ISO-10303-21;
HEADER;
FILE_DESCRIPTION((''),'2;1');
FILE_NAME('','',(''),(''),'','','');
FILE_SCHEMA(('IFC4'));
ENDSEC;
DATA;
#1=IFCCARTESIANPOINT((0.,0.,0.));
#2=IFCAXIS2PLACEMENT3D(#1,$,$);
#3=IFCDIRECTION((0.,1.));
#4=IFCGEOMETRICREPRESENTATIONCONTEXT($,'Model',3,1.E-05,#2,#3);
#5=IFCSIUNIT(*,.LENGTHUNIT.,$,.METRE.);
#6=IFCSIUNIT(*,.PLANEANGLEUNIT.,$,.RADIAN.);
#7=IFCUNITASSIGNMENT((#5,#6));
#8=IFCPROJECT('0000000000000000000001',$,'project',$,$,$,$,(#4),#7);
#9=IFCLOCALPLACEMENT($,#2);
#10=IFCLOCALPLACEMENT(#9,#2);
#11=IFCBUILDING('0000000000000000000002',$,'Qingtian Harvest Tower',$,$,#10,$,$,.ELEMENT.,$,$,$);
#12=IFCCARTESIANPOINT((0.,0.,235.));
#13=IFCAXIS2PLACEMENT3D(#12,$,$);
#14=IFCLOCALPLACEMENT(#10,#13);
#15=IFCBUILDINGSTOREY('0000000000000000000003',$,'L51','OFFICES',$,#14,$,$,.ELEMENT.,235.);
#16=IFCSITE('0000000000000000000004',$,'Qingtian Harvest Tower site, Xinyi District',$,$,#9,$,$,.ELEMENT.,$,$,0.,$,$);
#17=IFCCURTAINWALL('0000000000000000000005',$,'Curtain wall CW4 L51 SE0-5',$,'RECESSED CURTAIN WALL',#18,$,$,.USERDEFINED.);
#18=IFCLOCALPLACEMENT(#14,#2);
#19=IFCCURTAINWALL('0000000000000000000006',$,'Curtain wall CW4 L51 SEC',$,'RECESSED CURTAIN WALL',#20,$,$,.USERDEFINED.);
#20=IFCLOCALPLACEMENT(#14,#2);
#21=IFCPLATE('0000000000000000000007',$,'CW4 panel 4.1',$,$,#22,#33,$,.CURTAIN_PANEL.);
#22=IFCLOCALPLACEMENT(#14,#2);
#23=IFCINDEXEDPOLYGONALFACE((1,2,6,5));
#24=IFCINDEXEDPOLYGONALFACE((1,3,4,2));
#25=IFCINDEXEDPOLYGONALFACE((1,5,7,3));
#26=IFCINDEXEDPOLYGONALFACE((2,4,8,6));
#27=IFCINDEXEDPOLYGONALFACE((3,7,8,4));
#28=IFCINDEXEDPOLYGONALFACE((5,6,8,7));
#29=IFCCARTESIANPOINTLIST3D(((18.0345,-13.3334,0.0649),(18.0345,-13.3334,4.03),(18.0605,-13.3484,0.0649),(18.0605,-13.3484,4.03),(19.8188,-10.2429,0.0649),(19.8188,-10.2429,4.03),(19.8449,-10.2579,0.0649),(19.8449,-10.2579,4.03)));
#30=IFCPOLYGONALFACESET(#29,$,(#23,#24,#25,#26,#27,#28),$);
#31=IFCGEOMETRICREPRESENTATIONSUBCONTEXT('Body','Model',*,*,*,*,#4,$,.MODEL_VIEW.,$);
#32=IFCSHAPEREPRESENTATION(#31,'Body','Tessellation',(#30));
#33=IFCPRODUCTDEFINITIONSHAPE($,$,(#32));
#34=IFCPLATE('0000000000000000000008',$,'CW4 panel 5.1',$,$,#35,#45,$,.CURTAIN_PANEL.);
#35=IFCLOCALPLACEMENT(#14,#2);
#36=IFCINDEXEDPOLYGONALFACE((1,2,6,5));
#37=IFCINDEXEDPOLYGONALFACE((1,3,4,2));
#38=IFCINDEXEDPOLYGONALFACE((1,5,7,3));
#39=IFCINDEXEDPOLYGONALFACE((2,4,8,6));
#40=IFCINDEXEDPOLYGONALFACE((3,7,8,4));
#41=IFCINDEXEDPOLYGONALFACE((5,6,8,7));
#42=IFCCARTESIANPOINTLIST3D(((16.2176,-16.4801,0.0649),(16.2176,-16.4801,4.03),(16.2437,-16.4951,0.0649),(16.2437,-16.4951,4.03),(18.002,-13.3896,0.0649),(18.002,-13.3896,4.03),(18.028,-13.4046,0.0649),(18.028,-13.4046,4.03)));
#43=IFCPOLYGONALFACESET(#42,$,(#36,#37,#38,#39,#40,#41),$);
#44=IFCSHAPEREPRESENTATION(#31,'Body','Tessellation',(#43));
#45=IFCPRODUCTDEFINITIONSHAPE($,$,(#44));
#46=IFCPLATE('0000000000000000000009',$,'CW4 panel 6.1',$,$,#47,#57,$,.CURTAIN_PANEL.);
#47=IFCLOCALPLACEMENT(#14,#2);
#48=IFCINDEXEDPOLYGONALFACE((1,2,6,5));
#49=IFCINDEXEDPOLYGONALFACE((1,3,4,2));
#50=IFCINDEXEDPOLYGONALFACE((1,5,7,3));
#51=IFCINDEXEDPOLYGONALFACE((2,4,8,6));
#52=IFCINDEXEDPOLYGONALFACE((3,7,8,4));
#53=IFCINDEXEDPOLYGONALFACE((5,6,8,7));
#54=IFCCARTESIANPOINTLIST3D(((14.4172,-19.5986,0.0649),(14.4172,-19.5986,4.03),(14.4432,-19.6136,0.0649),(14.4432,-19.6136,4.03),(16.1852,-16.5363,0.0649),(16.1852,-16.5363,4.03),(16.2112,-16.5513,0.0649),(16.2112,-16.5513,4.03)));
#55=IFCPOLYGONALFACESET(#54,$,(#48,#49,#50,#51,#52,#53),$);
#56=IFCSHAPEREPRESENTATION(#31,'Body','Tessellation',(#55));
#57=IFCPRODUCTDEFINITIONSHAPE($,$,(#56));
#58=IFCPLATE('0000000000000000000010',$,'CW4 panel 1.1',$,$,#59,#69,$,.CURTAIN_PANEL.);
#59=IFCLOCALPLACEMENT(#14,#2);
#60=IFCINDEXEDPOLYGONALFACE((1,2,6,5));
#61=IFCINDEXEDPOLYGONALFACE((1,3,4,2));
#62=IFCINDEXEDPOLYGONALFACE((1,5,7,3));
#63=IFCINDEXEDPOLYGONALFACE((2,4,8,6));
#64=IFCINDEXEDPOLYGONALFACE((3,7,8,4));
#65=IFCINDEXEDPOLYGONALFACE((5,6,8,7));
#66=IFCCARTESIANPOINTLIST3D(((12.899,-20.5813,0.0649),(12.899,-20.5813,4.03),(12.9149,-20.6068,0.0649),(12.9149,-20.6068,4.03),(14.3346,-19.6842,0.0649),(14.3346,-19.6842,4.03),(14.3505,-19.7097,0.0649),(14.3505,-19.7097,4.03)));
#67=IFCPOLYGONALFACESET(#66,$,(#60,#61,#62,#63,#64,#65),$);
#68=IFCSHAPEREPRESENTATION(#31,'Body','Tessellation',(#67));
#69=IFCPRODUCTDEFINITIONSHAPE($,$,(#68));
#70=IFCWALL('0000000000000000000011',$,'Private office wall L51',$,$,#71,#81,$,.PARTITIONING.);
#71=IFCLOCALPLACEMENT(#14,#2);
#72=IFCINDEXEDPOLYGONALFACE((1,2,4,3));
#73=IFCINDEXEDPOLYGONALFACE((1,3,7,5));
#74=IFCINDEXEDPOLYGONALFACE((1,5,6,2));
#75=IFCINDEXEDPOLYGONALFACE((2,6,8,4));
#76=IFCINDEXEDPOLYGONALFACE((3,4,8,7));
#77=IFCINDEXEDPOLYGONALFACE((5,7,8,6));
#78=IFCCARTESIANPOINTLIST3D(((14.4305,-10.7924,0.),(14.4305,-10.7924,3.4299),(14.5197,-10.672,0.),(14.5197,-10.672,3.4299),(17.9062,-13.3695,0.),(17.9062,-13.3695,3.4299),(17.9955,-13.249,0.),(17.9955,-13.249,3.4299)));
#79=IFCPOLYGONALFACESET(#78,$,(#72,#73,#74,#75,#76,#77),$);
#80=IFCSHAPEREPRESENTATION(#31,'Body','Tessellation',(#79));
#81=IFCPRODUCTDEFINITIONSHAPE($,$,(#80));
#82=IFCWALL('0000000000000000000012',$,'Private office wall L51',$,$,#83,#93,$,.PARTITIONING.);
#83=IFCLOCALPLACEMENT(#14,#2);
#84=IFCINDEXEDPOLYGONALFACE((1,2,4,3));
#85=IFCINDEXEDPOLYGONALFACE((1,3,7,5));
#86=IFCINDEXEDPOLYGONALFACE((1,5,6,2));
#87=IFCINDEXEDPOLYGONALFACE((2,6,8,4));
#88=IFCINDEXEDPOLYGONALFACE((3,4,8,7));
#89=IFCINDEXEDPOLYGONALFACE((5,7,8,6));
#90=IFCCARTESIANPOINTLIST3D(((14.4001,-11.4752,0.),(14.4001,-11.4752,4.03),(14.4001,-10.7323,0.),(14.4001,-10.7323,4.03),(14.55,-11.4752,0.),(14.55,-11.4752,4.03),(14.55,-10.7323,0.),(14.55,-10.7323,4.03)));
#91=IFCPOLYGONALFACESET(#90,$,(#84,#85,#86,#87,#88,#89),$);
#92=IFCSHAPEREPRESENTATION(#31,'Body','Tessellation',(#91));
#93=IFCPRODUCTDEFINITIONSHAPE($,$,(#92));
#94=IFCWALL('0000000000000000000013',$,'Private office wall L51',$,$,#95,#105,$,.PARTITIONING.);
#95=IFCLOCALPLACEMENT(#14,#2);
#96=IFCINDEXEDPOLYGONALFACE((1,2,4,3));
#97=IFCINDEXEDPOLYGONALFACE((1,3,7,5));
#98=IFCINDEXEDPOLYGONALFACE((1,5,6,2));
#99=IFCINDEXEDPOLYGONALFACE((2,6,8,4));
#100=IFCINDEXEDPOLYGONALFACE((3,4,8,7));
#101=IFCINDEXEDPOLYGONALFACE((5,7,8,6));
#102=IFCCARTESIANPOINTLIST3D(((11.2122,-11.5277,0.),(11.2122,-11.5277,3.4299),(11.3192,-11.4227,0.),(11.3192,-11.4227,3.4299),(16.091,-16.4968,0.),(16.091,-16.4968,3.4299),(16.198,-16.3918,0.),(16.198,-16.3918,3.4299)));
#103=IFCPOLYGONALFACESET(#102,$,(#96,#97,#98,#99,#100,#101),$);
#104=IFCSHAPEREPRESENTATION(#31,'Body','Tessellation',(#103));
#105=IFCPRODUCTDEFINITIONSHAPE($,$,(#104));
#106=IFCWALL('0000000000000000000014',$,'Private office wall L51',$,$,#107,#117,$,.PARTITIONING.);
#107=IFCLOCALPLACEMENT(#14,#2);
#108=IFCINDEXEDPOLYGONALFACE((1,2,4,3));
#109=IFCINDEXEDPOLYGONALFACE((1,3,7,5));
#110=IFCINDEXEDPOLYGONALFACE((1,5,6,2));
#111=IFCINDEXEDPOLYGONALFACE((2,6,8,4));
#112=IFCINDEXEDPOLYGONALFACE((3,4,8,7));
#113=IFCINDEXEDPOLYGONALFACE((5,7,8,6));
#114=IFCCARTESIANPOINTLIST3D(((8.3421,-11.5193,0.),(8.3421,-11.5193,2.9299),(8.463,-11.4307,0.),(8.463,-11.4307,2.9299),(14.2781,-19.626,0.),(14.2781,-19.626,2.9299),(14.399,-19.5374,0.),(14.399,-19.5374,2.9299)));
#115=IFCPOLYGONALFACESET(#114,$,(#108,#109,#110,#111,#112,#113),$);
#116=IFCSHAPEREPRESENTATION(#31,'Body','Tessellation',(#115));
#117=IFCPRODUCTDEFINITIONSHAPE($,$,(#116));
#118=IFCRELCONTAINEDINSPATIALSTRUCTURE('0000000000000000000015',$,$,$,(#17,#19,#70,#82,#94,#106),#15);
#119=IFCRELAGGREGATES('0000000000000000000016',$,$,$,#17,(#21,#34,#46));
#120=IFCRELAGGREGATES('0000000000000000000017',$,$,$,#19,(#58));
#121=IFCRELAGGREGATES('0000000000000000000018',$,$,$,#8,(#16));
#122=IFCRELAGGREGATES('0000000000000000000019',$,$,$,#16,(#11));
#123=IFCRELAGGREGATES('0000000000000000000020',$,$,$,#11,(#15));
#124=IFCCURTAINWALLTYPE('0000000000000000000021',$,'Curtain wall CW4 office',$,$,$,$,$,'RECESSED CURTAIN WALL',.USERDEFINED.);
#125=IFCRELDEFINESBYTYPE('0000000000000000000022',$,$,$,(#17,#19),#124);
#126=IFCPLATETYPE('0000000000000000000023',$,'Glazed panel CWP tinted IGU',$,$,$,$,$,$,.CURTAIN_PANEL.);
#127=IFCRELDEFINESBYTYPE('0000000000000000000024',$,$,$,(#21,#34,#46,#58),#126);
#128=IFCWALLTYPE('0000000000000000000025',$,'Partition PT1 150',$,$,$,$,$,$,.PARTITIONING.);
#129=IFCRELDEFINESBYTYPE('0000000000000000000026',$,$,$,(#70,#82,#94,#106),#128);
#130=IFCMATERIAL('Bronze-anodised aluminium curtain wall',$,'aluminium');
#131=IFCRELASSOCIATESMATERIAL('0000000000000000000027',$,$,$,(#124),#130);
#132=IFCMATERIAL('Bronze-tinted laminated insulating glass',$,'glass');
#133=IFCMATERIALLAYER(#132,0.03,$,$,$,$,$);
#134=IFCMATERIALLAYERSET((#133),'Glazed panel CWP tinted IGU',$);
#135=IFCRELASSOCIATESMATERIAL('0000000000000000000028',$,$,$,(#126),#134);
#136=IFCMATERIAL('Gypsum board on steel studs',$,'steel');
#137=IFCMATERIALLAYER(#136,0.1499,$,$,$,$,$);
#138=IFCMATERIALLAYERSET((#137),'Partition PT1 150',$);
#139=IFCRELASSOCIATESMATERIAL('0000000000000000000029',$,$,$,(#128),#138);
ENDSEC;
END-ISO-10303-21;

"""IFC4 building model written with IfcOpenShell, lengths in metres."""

from ifc_helpers import new_model, si_unit, direction, frame, frame_2d, origin, origin_2d, place, context, subcontext, project, spatial, rectangle, extrude, material, layer, layer_set, type_object, element, aggregate, save


model = new_model("IFC4")

# Units and contexts
model_context = context("Model", 3, precision=1e-05, world=origin(), true_north=direction((0.0, 1.0)))
body_context = subcontext(model_context, "Body", "Model", "MODEL_VIEW")
ifc_project = project(units=[si_unit("LENGTHUNIT", "METRE"), si_unit("PLANEANGLEUNIT", "RADIAN")], contexts=[model_context])

# Site, building, storey
site_placement = place(None, origin())
site = spatial("IfcSite", under=ifc_project, at=site_placement, Name="Qingtian Harvest Tower site, Xinyi District", CompositionType="ELEMENT", RefElevation=0.0)
building_placement = place(site_placement, origin())
building = spatial("IfcBuilding", under=site, at=building_placement, Name="Qingtian Harvest Tower", CompositionType="ELEMENT")
storey_placement = place(building_placement, frame((0.0, 0.0, 235.0)))
storey = spatial("IfcBuildingStorey", under=building, at=storey_placement, Name="L51", Description="OFFICES", CompositionType="ELEMENT", Elevation=235.0)

# Curtain walls
ifc_material_1 = material(Name="Bronze-anodised aluminium curtain wall", Category="aluminium")
curtain_wall_type = type_object("IfcCurtainWallType", Name="Curtain wall CW4 office", ElementType="RECESSED CURTAIN WALL", PredefinedType="USERDEFINED", material=ifc_material_1)
curtain_wall_1_placement = place(storey_placement, origin())
curtain_wall_1 = element("IfcCurtainWall", 1, at=curtain_wall_1_placement, inside=storey, type_object=curtain_wall_type, Name="Curtain wall CW4 L51 SE0-5", ObjectType="RECESSED CURTAIN WALL", PredefinedType="USERDEFINED")
curtain_wall_2_placement = place(storey_placement, origin())
curtain_wall_2 = element("IfcCurtainWall", 2, at=curtain_wall_2_placement, inside=storey, type_object=curtain_wall_type, Name="Curtain wall CW4 L51 SEC", ObjectType="RECESSED CURTAIN WALL", PredefinedType="USERDEFINED")

# Plates
ifc_material_2 = material(Name="Bronze-tinted laminated insulating glass", Category="glass")
ifc_layer_1 = layer(ifc_material_2, 0.03)
ifc_layer_set_1 = layer_set([ifc_layer_1], Name="Glazed panel CWP tinted IGU")
plate_type = type_object("IfcPlateType", Name="Glazed panel CWP tinted IGU", PredefinedType="CURTAIN_PANEL", material=ifc_layer_set_1)
plate_1_placement = place(storey_placement, frame((18.9397, -11.7957, 0.0649), z_axis=(0.0, 0.0, 1.0), x_axis=(-0.5, -0.866025, 0.0)))
plate_1 = element("IfcPlate", 3, at=plate_1_placement, type_object=plate_type, Name="CW4 panel 4.1", PredefinedType="CURTAIN_PANEL", context=body_context, shape_type="SweptSolid", body=[
    extrude(rectangle(XDim=3.5686, YDim=0.03, at=origin_2d()), origin(), (0.0, 0.0, 1.0), 3.9651),
])
plate_2_placement = place(storey_placement, frame((17.1228, -14.9424, 0.0649), z_axis=(0.0, 0.0, 1.0), x_axis=(-0.5, -0.866025, 0.0)))
plate_2 = element("IfcPlate", 4, at=plate_2_placement, type_object=plate_type, Name="CW4 panel 5.1", PredefinedType="CURTAIN_PANEL", context=body_context, shape_type="SweptSolid", body=[
    extrude(rectangle(XDim=3.5686, YDim=0.03, at=origin_2d()), origin(), (0.0, 0.0, 1.0), 3.9651),
])
plate_3_placement = place(storey_placement, frame((15.3142, -18.075, 0.0649), z_axis=(0.0, 0.0, 1.0), x_axis=(-0.5, -0.866025, 0.0)))
plate_3 = element("IfcPlate", 5, at=plate_3_placement, type_object=plate_type, Name="CW4 panel 6.1", PredefinedType="CURTAIN_PANEL", context=body_context, shape_type="SweptSolid", body=[
    extrude(rectangle(XDim=3.5361, YDim=0.03, at=origin_2d()), origin(), (0.0, 0.0, 1.0), 3.9651),
])
aggregate(curtain_wall_1, [plate_1, plate_2, plate_3])
plate_4_placement = place(storey_placement, frame((13.6248, -20.1455, 0.0649), z_axis=(0.0, 0.0, 1.0), x_axis=(-0.848048, -0.529919, 0.0)))
plate_4 = element("IfcPlate", 6, at=plate_4_placement, type_object=plate_type, Name="CW4 panel 1.1", PredefinedType="CURTAIN_PANEL", context=body_context, shape_type="SweptSolid", body=[
    extrude(rectangle(XDim=1.6929, YDim=0.03, at=origin_2d()), origin(), (0.0, 0.0, 1.0), 3.9651),
])
aggregate(curtain_wall_2, [plate_4])

# Walls
ifc_material_3 = material(Name="Gypsum board on steel studs", Category="steel")
ifc_layer_2 = layer(ifc_material_3, 0.1499)
ifc_layer_set_2 = layer_set([ifc_layer_2], Name="Partition PT1 150")
wall_type = type_object("IfcWallType", Name="Partition PT1 150", PredefinedType="PARTITIONING", material=ifc_layer_set_2)
wall_1_placement = place(storey_placement, frame((17.9509, -13.3093, 0.0), z_axis=(0.0, 0.0, 1.0), x_axis=(-0.803285, 0.595595, 0.0)))
element("IfcWall", 7, at=wall_1_placement, inside=storey, type_object=wall_type, Name="Private office wall L51", PredefinedType="PARTITIONING", context=body_context, shape_type="SweptSolid", body=[
    extrude(rectangle(XDim=4.3269, YDim=0.1499, at=frame_2d((2.1636, 0.0))), origin(), (0.0, 0.0, 1.0), 3.4299),
])
wall_2_placement = place(storey_placement, frame((14.4751, -10.7322, 0.0), z_axis=(0.0, 0.0, 1.0), x_axis=(0.0, -1.0, 0.0)))
element("IfcWall", 8, at=wall_2_placement, inside=storey, type_object=wall_type, Name="Private office wall L51", PredefinedType="PARTITIONING", context=body_context, shape_type="SweptSolid", body=[
    extrude(rectangle(XDim=0.7429, YDim=0.1499, at=frame_2d((0.3716, 0.0))), origin(), (0.0, 0.0, 1.0), 4.03),
])

# Walls
wall_3_placement = place(storey_placement, frame((16.1445, -16.4443, 0.0), z_axis=(0.0, 0.0, 1.0), x_axis=(-0.700591, 0.713563, 0.0)))
element("IfcWall", 9, at=wall_3_placement, inside=storey, type_object=wall_type, Name="Private office wall L51", PredefinedType="PARTITIONING", context=body_context, shape_type="SweptSolid", body=[
    extrude(rectangle(XDim=6.9639, YDim=0.1499, at=frame_2d((3.4819, 0.0))), origin(), (0.0, 0.0, 1.0), 3.4299),
])
wall_4_placement = place(storey_placement, frame((14.3386, -19.5818, 0.0), z_axis=(0.0, 0.0, 1.0), x_axis=(-0.590789, 0.806826, 0.0)))
element("IfcWall", 10, at=wall_4_placement, inside=storey, type_object=wall_type, Name="Private office wall L51", PredefinedType="PARTITIONING", context=body_context, shape_type="SweptSolid", body=[
    extrude(rectangle(XDim=10.0476, YDim=0.1499, at=frame_2d((5.0239, 0.0))), origin(), (0.0, 0.0, 1.0), 2.9299),
])

save(model, "model.ifc")
